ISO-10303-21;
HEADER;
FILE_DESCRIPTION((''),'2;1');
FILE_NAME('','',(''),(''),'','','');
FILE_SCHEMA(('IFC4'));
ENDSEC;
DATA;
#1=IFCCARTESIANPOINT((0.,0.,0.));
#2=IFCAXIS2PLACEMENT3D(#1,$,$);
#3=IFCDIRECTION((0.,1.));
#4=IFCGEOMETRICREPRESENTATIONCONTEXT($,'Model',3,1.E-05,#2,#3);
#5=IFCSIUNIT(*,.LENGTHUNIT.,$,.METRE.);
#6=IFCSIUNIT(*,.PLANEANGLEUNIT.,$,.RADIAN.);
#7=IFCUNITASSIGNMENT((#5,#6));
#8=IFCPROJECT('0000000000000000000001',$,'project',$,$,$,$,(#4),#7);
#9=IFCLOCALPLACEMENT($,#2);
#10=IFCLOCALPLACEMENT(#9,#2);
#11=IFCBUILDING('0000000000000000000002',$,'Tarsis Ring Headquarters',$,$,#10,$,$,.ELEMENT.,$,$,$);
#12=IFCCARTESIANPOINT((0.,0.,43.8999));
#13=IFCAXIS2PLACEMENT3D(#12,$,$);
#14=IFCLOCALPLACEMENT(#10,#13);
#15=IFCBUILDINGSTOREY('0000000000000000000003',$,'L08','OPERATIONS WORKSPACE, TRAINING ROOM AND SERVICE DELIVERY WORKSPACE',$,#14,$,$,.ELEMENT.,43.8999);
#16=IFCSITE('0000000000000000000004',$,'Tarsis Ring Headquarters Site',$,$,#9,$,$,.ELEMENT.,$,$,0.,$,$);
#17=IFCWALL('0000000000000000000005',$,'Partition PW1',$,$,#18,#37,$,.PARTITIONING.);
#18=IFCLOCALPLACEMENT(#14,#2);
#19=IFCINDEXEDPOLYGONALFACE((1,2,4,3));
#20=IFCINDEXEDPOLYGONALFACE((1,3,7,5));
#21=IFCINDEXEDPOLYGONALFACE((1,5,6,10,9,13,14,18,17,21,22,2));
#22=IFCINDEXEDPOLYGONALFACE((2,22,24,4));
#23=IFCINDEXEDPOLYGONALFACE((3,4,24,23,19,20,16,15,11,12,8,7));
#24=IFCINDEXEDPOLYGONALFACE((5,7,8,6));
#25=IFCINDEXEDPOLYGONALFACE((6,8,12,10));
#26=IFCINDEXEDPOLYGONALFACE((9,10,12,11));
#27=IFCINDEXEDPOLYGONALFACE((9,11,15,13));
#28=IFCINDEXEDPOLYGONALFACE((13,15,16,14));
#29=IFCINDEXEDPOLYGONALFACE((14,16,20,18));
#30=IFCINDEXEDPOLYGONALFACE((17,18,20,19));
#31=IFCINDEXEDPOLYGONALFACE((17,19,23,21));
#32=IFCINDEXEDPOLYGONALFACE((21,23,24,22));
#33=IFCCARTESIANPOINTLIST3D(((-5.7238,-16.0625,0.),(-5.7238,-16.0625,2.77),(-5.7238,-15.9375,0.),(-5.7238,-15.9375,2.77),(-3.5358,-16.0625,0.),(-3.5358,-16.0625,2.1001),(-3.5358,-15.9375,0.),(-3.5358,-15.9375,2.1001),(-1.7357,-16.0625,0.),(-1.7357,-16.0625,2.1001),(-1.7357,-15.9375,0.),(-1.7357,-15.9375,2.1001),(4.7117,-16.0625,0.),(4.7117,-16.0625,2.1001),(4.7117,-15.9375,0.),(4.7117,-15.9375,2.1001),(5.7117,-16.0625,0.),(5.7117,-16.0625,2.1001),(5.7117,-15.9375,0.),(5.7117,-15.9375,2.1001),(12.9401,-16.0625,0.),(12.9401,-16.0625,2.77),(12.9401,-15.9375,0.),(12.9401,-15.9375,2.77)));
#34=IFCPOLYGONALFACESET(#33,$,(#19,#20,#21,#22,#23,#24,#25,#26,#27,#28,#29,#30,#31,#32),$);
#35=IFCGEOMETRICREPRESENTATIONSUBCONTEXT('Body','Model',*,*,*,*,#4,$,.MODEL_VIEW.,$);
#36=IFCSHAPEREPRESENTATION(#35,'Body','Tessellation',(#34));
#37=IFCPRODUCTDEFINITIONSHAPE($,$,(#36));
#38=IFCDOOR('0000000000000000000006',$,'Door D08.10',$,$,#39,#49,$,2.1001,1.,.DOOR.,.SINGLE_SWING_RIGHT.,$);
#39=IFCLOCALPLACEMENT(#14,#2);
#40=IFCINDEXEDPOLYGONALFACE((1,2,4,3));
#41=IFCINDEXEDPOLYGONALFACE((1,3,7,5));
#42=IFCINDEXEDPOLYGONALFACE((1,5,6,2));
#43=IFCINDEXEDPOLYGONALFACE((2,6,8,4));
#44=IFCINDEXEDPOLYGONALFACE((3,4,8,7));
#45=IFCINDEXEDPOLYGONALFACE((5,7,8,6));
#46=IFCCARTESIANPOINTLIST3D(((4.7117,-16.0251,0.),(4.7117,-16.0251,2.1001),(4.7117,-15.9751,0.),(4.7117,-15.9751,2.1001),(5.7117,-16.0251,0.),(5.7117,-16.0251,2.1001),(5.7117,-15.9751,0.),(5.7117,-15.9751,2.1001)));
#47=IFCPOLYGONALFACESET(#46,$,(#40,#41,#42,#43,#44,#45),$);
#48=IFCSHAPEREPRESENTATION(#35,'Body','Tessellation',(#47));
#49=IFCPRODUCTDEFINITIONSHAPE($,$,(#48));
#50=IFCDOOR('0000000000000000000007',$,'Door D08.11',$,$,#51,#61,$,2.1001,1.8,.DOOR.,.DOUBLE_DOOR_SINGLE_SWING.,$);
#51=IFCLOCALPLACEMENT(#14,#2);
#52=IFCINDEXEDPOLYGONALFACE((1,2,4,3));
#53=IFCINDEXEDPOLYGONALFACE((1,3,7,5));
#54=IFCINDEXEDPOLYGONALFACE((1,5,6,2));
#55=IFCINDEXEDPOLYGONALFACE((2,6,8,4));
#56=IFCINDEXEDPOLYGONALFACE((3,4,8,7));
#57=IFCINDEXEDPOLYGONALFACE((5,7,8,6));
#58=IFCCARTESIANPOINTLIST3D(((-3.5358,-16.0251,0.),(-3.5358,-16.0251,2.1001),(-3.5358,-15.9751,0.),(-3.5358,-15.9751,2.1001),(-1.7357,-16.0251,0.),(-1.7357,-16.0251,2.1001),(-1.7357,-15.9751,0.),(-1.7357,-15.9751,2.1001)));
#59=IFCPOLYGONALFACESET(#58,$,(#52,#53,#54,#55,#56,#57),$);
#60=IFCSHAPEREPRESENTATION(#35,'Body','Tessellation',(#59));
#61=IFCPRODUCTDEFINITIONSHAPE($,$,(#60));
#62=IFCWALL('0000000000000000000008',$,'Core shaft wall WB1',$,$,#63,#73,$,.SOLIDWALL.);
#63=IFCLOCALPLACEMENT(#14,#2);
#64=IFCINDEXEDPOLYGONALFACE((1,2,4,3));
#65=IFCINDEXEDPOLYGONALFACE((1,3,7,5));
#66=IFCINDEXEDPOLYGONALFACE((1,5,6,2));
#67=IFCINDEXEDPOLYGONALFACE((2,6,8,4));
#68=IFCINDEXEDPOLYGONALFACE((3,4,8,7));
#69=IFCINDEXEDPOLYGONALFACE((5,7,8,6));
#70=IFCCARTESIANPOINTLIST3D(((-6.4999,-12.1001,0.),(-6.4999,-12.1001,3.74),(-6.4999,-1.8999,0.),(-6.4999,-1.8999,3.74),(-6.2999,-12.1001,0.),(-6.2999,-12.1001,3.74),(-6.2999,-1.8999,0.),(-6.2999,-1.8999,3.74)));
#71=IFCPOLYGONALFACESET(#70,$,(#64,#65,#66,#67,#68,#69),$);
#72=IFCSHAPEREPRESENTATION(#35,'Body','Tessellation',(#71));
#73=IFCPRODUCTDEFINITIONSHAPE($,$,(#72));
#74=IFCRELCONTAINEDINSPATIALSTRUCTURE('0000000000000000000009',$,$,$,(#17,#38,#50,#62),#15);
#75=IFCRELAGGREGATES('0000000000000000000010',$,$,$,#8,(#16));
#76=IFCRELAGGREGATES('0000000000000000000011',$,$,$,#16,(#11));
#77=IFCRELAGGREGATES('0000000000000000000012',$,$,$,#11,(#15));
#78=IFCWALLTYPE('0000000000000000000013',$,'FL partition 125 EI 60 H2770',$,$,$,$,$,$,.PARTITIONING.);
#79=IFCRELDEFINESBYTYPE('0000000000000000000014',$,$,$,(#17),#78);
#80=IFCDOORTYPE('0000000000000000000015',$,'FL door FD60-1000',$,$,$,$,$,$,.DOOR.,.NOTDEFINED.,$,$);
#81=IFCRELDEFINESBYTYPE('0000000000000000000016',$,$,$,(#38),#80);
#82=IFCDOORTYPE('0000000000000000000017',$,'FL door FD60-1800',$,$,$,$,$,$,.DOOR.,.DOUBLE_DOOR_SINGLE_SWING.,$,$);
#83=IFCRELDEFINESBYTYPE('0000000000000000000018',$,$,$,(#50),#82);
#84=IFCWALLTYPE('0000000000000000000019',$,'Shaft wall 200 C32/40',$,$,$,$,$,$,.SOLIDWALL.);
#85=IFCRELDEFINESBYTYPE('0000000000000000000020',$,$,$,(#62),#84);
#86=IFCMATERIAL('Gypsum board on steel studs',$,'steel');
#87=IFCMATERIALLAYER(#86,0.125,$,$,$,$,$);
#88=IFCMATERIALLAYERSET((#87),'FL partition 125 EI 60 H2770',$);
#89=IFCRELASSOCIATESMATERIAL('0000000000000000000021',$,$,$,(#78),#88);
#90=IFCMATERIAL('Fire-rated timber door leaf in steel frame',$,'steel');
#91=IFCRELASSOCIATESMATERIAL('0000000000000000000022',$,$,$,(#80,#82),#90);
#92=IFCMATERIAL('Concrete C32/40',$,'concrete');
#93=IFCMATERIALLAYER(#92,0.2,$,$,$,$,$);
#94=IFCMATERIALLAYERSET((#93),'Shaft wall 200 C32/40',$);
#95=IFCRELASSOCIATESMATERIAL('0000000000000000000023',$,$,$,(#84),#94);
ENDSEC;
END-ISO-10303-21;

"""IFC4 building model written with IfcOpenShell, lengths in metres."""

from ifc_helpers import new_model, si_unit, direction, frame, frame_2d, origin, place, context, subcontext, project, spatial, rectangle, extrude, material, layer, layer_set, type_object, element, fill, save


model = new_model("IFC4")

# Units and contexts
model_context = context("Model", 3, precision=1e-05, world=origin(), true_north=direction((0.0, 1.0)))
body_context = subcontext(model_context, "Body", "Model", "MODEL_VIEW")
ifc_project = project(units=[si_unit("LENGTHUNIT", "METRE"), si_unit("PLANEANGLEUNIT", "RADIAN")], contexts=[model_context])

# Site, building, storey
site_placement = place(None, origin())
site = spatial("IfcSite", under=ifc_project, at=site_placement, Name="Tarsis Ring Headquarters Site", CompositionType="ELEMENT", RefElevation=0.0)
building_placement = place(site_placement, origin())
building = spatial("IfcBuilding", under=site, at=building_placement, Name="Tarsis Ring Headquarters", CompositionType="ELEMENT")
storey_placement = place(building_placement, frame((0.0, 0.0, 43.8999)))
storey = spatial("IfcBuildingStorey", under=building, at=storey_placement, Name="L08", Description="OPERATIONS WORKSPACE, TRAINING ROOM AND SERVICE DELIVERY WORKSPACE", CompositionType="ELEMENT", Elevation=43.8999)

# Wall, openings, doors
ifc_material_1 = material(Name="Gypsum board on steel studs", Category="steel")
ifc_layer_1 = layer(ifc_material_1, 0.125)
ifc_layer_set_1 = layer_set([ifc_layer_1], Name="FL partition 125 EI 60 H2770")
wall_type_1 = type_object("IfcWallType", Name="FL partition 125 EI 60 H2770", PredefinedType="PARTITIONING", material=ifc_layer_set_1)
ifc_material_2 = material(Name="Fire-rated timber door leaf in steel frame", Category="steel")
door_type_1 = type_object("IfcDoorType", Name="FL door FD60-1000", OperationType="NOTDEFINED", PredefinedType="DOOR", material=ifc_material_2)
door_type_2 = type_object("IfcDoorType", Name="FL door FD60-1800", OperationType="DOUBLE_DOOR_SINGLE_SWING", PredefinedType="DOOR", material=ifc_material_2)
wall_1_placement = place(storey_placement, frame((-5.7239, -16.0, 0.0), z_axis=(0.0, 0.0, 1.0), x_axis=(1.0, 0.0, 0.0)))
wall_1 = element("IfcWall", 1, at=wall_1_placement, inside=storey, type_object=wall_type_1, Name="Partition PW1", PredefinedType="PARTITIONING", context=body_context, shape_type="SweptSolid", body=[
    extrude(rectangle(XDim=18.6638, YDim=0.125, at=frame_2d((9.332, 0.0))), origin(), (0.0, 0.0, 1.0), 2.77),
])
opening_1_placement = place(wall_1_placement, frame((10.4355, 0.0, 0.0)))
opening_1 = element("IfcOpeningElement", 2, at=opening_1_placement, cuts=wall_1, PredefinedType="OPENING", context=body_context, shape_type="SweptSolid", body=[
    extrude(rectangle(XDim=1.0, YDim=2.1001, at=frame_2d((0.5, 1.05))), frame((0.0, 0.0725, 0.0), z_axis=(0.0, -1.0, 0.0), x_axis=(1.0, 0.0, 0.0)), (0.0, 0.0, 1.0), 0.145),
])
opening_2_placement = place(wall_1_placement, frame((2.1882, 0.0, 0.0)))
opening_2 = element("IfcOpeningElement", 3, at=opening_2_placement, cuts=wall_1, PredefinedType="OPENING", context=body_context, shape_type="SweptSolid", body=[
    extrude(rectangle(XDim=1.8, YDim=2.1001, at=frame_2d((0.8999, 1.05))), frame((0.0, 0.0725, 0.0), z_axis=(0.0, -1.0, 0.0), x_axis=(1.0, 0.0, 0.0)), (0.0, 0.0, 1.0), 0.145),
])
door_1_placement = place(opening_1_placement, origin())
door_1 = element("IfcDoor", 4, at=door_1_placement, inside=storey, type_object=door_type_1, Name="Door D08.10", OperationType="SINGLE_SWING_RIGHT", OverallHeight=2.1001, OverallWidth=1.0, PredefinedType="DOOR", context=body_context, shape_type="SweptSolid", body=[
    extrude(rectangle(XDim=1.0, YDim=2.1001, at=frame_2d((0.5, 1.05))), frame((0.0, 0.0249, 0.0), z_axis=(0.0, -1.0, 0.0), x_axis=(1.0, 0.0, 0.0)), (0.0, 0.0, 1.0), 0.05),
])
fill(opening_1, door_1)
door_2_placement = place(opening_2_placement, origin())
door_2 = element("IfcDoor", 5, at=door_2_placement, inside=storey, type_object=door_type_2, Name="Door D08.11", OperationType="DOUBLE_DOOR_SINGLE_SWING", OverallHeight=2.1001, OverallWidth=1.8, PredefinedType="DOOR", context=body_context, shape_type="SweptSolid", body=[
    extrude(rectangle(XDim=1.8, YDim=2.1001, at=frame_2d((0.8999, 1.05))), frame((0.0, 0.0249, 0.0), z_axis=(0.0, -1.0, 0.0), x_axis=(1.0, 0.0, 0.0)), (0.0, 0.0, 1.0), 0.05),
])
fill(opening_2, door_2)

# Wall
ifc_material_3 = material(Name="Concrete C32/40", Category="concrete")
ifc_layer_2 = layer(ifc_material_3, 0.2)
ifc_layer_set_2 = layer_set([ifc_layer_2], Name="Shaft wall 200 C32/40")
wall_type_2 = type_object("IfcWallType", Name="Shaft wall 200 C32/40", PredefinedType="SOLIDWALL", material=ifc_layer_set_2)
wall_2_placement = place(storey_placement, frame((-6.3999, -12.1001, 0.0), z_axis=(0.0, 0.0, 1.0), x_axis=(0.0, 1.0, 0.0)))
element("IfcWall", 6, at=wall_2_placement, inside=storey, type_object=wall_type_2, Name="Core shaft wall WB1", PredefinedType="SOLIDWALL", context=body_context, shape_type="SweptSolid", body=[
    extrude(rectangle(XDim=10.2002, YDim=0.2, at=frame_2d((5.1001, 0.0))), origin(), (0.0, 0.0, 1.0), 3.74),
])

save(model, "model.ifc")
